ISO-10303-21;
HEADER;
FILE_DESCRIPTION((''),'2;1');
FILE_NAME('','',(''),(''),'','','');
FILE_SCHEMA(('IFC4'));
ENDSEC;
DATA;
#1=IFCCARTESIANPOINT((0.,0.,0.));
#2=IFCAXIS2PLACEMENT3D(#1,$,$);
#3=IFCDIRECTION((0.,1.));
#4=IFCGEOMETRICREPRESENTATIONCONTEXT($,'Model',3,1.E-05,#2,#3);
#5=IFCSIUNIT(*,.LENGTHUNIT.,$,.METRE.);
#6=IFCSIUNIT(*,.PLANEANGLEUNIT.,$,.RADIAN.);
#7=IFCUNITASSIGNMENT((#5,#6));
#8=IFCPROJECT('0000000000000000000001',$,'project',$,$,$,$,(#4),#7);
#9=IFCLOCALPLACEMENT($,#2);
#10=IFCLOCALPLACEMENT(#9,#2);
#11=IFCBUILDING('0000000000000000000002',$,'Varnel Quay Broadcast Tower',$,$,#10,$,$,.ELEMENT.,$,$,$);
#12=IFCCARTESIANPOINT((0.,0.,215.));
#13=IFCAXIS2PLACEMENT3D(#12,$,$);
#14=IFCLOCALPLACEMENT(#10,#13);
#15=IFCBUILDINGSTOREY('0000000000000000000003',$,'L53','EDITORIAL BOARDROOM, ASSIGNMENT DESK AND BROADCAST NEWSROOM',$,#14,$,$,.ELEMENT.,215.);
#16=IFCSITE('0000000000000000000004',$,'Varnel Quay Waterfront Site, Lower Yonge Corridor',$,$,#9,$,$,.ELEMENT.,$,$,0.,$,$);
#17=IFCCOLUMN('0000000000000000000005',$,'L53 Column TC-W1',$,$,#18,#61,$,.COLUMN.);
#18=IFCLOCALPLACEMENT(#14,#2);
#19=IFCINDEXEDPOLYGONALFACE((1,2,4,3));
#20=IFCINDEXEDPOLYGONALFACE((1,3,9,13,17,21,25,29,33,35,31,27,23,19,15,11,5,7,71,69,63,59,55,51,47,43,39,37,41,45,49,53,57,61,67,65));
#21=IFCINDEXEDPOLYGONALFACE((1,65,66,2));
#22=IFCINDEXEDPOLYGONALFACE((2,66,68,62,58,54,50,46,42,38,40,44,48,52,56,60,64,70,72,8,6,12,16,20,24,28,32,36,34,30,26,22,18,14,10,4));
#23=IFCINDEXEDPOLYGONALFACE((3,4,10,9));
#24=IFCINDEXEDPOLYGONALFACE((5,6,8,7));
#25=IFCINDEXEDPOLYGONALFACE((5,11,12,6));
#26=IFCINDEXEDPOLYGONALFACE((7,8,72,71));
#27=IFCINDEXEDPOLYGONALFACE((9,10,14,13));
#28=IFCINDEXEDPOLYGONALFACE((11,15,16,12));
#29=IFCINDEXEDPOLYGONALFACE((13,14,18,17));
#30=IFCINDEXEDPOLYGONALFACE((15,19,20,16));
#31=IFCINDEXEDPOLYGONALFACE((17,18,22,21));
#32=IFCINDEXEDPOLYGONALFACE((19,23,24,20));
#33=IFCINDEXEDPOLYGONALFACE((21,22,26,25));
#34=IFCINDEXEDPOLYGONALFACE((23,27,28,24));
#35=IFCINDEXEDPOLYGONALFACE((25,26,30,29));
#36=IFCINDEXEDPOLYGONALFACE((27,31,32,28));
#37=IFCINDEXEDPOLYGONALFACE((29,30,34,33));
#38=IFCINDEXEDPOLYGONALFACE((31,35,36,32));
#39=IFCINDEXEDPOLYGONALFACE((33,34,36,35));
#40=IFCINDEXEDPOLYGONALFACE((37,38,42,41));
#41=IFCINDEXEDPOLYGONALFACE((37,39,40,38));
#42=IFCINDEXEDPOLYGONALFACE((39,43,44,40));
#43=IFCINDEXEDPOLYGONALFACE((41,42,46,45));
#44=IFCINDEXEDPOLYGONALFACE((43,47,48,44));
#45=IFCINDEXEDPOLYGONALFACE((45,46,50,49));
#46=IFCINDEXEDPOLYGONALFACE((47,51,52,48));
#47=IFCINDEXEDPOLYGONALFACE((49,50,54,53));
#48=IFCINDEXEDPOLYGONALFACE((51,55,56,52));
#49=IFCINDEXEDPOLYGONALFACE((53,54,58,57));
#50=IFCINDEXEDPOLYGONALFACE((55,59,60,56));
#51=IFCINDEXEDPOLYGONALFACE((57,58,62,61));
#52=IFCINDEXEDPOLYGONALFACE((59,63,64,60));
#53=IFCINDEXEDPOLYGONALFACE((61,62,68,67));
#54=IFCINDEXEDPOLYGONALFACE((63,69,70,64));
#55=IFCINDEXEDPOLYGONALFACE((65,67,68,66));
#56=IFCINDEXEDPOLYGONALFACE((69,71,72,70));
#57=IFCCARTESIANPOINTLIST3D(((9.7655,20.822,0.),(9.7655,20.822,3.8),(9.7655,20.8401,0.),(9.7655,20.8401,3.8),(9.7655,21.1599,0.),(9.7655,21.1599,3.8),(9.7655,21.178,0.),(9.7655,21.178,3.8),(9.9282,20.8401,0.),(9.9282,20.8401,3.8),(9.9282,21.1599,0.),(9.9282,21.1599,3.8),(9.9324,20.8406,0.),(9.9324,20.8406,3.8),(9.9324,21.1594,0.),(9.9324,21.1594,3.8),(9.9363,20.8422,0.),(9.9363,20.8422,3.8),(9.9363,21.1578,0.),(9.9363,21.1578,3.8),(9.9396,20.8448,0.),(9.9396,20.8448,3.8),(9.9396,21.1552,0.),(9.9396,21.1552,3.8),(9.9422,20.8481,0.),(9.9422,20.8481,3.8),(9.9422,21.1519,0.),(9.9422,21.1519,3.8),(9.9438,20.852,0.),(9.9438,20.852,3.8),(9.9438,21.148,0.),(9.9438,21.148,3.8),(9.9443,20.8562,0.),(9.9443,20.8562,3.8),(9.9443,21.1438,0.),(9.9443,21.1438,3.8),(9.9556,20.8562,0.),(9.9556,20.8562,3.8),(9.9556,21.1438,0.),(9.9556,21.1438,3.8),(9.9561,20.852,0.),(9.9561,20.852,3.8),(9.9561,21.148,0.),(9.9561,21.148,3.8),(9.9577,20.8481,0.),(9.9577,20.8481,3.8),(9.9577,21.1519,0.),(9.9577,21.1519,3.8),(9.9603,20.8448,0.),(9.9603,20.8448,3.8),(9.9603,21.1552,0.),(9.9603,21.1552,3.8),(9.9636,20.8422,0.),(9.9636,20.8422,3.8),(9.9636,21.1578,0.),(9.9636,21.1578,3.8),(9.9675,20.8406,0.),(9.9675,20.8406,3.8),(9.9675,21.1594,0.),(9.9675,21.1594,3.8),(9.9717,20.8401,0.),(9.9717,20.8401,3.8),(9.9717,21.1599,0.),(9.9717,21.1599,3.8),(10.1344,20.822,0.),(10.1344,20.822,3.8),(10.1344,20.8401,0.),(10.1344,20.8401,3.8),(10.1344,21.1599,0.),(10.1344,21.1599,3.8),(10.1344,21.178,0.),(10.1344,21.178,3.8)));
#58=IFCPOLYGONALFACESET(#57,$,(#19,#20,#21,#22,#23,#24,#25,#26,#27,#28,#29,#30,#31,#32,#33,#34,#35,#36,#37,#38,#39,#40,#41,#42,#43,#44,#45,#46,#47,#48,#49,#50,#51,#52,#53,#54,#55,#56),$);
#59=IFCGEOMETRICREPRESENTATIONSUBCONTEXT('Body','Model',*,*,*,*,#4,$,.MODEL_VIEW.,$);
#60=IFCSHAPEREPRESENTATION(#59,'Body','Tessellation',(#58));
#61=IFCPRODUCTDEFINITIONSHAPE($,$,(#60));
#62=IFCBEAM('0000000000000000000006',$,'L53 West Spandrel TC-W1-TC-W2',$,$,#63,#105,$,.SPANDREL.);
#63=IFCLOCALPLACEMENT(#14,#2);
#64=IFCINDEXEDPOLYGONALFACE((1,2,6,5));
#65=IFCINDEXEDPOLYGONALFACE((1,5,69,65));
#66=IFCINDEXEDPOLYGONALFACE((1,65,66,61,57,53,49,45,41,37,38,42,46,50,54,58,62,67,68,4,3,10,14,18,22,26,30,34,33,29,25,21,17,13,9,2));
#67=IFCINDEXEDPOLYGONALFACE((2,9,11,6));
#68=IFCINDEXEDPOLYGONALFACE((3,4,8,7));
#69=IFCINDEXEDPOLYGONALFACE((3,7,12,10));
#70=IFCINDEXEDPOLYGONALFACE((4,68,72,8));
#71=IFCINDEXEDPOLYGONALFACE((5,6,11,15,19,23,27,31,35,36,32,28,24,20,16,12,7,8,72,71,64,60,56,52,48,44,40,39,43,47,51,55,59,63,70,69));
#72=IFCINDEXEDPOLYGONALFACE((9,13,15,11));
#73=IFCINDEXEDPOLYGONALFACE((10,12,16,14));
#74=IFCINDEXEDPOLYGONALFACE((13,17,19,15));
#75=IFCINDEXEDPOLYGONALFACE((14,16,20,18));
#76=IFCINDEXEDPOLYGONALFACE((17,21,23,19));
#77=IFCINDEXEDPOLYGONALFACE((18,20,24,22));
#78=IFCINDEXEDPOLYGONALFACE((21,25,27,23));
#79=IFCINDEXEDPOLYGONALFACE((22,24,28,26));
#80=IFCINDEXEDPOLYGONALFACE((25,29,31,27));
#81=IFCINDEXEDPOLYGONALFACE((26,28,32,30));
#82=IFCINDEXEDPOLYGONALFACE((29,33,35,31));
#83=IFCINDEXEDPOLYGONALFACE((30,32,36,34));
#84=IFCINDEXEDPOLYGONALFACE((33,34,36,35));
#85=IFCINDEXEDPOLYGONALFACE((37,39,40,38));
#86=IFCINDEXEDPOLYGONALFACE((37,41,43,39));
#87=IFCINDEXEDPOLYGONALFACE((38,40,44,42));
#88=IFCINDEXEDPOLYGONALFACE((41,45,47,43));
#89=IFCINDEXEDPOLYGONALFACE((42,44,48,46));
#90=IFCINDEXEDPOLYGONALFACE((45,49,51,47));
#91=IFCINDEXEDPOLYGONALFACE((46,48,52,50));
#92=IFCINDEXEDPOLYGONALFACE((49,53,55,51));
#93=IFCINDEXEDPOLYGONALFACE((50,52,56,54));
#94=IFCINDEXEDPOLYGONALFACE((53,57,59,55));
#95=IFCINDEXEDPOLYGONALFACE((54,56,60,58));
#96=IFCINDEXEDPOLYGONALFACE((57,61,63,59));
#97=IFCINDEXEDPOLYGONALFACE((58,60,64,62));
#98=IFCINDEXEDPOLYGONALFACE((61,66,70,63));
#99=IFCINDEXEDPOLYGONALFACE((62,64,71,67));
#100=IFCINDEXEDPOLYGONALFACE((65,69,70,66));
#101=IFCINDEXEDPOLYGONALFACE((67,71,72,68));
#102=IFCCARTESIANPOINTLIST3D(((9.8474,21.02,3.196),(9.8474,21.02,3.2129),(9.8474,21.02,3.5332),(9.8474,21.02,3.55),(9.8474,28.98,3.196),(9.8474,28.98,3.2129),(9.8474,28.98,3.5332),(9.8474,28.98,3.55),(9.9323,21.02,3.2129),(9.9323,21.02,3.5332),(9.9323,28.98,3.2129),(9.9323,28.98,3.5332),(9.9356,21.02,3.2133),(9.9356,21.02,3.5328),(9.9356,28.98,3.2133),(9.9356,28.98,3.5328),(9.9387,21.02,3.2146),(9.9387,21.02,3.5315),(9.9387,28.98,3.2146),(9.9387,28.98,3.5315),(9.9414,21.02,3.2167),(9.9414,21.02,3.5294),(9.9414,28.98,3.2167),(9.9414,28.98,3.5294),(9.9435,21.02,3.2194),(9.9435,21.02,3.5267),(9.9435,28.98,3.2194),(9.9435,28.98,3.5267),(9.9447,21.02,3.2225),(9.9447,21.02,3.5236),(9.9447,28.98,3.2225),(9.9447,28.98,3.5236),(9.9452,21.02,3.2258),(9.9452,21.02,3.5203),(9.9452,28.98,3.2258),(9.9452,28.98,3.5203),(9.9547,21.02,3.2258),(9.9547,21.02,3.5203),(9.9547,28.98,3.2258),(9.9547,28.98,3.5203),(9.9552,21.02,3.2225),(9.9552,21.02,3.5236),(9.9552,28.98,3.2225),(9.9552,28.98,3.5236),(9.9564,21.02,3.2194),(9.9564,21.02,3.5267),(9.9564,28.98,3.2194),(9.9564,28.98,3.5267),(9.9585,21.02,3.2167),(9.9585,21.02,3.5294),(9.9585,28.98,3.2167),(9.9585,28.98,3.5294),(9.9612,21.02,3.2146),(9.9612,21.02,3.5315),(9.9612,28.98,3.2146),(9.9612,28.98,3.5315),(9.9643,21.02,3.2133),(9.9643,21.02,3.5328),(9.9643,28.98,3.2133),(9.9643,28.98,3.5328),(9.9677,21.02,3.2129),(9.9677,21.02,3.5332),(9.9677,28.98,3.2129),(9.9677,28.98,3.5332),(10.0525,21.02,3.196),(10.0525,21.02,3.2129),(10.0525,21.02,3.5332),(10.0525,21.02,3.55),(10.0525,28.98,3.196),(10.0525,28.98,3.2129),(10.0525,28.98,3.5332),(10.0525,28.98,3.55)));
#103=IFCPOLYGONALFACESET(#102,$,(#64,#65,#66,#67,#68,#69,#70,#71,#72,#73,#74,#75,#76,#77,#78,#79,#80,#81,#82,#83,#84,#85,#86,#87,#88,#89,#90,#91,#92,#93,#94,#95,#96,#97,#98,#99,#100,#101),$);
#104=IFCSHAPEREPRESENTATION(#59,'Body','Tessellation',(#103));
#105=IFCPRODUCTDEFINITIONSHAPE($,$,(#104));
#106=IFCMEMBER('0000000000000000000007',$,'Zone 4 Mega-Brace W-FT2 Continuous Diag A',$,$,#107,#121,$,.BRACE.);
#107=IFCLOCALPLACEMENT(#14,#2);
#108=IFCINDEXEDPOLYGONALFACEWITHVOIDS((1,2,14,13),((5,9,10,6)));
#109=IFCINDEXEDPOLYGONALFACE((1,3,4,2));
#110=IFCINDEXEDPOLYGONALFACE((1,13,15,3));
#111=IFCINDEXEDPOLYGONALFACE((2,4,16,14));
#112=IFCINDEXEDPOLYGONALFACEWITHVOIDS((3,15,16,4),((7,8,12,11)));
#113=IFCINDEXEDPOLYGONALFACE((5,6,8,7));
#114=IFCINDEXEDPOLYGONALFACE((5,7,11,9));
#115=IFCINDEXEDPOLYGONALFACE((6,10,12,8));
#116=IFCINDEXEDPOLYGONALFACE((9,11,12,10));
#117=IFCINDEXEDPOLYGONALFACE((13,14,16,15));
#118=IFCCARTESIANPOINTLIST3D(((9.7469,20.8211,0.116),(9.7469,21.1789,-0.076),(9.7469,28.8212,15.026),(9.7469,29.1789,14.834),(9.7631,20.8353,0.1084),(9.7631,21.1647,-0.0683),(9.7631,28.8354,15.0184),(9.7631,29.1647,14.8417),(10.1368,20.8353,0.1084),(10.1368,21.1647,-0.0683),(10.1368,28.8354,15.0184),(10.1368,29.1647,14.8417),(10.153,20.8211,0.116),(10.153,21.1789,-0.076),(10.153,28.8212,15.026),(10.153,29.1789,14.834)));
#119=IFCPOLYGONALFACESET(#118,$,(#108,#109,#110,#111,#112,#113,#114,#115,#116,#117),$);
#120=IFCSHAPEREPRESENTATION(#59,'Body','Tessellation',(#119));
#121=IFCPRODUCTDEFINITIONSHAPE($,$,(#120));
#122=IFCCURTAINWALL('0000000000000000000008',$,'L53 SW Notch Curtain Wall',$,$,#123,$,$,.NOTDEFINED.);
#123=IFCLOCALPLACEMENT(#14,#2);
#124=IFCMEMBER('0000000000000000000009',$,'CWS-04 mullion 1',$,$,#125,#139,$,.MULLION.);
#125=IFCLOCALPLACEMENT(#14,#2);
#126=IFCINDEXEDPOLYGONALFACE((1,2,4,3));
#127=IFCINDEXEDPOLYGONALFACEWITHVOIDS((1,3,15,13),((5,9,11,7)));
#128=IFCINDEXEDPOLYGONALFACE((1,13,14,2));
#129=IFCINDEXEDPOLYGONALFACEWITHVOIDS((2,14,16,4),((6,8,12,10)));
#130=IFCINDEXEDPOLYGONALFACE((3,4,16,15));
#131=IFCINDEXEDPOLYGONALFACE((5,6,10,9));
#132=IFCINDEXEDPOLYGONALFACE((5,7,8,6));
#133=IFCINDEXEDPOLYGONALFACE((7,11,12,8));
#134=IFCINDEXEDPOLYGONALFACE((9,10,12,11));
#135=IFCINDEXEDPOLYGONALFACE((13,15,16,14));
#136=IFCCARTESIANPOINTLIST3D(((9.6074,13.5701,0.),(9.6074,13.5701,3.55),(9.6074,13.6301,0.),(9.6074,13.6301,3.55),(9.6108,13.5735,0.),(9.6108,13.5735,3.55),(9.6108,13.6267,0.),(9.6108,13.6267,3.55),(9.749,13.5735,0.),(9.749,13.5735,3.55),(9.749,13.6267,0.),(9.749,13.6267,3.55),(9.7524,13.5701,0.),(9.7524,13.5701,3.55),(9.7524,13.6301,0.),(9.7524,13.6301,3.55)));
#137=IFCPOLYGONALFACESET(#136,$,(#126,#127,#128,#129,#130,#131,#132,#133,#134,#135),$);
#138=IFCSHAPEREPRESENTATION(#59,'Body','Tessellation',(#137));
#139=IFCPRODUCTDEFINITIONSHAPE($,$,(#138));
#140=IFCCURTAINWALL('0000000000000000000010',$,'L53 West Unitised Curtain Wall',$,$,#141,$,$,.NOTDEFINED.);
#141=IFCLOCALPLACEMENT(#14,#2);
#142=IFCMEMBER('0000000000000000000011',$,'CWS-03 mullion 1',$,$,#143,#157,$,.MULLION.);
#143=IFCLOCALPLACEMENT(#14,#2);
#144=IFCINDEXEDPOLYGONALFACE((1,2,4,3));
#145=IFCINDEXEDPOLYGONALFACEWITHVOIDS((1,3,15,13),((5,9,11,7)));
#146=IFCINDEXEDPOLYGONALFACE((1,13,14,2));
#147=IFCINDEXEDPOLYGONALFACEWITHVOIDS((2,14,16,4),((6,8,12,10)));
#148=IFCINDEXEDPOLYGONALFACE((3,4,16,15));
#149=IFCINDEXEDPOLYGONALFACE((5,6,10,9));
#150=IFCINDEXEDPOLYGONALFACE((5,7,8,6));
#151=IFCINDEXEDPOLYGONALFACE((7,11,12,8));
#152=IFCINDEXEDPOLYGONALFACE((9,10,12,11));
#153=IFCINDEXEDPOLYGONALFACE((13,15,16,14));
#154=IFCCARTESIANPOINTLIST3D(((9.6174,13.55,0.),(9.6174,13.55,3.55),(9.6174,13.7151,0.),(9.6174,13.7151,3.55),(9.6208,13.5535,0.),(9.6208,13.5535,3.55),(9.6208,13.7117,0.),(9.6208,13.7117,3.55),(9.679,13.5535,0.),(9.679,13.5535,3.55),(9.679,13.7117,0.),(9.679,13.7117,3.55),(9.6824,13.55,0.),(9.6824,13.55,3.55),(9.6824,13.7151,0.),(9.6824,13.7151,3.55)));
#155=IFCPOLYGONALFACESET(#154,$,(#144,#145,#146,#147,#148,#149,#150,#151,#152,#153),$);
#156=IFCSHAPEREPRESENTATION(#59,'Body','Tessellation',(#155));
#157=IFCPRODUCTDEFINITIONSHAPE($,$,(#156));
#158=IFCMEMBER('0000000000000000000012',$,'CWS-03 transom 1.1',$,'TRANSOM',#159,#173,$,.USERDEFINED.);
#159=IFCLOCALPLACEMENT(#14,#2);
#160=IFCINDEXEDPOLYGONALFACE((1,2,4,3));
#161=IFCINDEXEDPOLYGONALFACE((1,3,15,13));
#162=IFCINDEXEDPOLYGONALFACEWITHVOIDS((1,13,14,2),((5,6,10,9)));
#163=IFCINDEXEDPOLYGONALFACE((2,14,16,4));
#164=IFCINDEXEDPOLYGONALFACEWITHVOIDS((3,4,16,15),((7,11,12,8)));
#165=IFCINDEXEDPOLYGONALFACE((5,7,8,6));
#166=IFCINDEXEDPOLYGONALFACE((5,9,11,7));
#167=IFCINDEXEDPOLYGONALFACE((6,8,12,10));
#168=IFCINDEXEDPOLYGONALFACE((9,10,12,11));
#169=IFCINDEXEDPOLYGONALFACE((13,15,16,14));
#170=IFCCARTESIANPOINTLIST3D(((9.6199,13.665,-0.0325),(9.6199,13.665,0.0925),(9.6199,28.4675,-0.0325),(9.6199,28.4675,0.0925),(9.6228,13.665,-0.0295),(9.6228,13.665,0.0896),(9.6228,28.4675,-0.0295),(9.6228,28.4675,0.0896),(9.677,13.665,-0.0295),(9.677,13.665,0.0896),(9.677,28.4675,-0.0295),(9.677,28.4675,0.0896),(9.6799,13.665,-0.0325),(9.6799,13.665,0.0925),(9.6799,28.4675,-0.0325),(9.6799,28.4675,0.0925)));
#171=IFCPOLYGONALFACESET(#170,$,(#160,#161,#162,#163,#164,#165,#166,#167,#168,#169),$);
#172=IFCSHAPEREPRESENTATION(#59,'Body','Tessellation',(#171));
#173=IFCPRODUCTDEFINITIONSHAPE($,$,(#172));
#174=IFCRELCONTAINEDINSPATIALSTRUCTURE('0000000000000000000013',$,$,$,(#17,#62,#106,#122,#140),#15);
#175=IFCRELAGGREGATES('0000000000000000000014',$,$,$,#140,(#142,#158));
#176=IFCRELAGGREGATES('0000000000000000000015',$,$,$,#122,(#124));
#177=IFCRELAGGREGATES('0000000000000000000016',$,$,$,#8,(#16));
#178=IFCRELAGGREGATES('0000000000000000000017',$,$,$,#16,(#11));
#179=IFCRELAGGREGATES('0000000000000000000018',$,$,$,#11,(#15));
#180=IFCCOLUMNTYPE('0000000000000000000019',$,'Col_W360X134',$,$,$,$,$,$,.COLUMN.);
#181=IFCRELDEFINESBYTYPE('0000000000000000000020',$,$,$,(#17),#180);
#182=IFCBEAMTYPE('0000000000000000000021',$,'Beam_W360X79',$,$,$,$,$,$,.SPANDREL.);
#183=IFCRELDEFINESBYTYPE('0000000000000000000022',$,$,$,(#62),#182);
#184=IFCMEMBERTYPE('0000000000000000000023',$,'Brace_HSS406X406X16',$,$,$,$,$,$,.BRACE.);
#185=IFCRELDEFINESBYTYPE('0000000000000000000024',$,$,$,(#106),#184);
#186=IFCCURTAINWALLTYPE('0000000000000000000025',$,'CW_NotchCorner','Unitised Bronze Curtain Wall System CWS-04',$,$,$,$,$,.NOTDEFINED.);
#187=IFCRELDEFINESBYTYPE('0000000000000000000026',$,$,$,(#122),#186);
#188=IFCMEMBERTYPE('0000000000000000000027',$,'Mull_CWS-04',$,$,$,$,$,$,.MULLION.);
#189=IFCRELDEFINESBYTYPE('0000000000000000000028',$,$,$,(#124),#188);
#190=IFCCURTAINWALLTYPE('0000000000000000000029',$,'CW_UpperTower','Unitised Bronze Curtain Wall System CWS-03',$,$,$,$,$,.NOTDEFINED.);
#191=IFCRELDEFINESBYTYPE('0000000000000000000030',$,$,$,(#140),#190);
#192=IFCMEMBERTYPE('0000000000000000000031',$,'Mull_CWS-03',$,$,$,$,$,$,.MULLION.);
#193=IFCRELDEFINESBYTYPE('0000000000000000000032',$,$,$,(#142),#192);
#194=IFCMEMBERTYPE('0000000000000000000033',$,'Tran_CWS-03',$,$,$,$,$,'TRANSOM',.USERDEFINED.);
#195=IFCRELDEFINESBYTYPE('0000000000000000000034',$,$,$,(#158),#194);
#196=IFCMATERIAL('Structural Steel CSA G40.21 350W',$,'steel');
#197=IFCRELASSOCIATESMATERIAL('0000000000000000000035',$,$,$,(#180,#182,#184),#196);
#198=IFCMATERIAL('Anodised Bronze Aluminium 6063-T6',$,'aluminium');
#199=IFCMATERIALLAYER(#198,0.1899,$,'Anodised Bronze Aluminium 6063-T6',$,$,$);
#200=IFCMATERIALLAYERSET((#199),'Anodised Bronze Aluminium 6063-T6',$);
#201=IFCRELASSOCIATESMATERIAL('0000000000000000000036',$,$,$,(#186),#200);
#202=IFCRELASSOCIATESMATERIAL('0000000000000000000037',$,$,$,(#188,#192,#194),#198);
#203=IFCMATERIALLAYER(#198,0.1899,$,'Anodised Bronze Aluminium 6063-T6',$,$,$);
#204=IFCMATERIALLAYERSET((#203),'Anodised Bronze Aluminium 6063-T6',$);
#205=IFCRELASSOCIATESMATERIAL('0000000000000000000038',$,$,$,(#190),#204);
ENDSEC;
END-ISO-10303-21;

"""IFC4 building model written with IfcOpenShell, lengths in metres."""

from ifc_helpers import new_model, si_unit, direction, frame, origin, origin_2d, place, context, subcontext, project, spatial, hollow_rectangle, i_section, extrude, source, transform, mapped, material, layer, layer_set, material_profile, profile_set, type_object, type_shapes, element, aggregate, save


model = new_model("IFC4")

# Units and contexts
model_context = context("Model", 3, precision=1e-05, world=origin(), true_north=direction((0.0, 1.0)))
body_context = subcontext(model_context, "Body", "Model", "MODEL_VIEW")
ifc_project = project(units=[si_unit("LENGTHUNIT", "METRE"), si_unit("PLANEANGLEUNIT", "RADIAN")], contexts=[model_context])

# Site, building, storey
site_placement = place(None, origin())
site = spatial("IfcSite", under=ifc_project, at=site_placement, Name="Varnel Quay Waterfront Site, Lower Yonge Corridor", CompositionType="ELEMENT", RefElevation=0.0)
building_placement = place(site_placement, origin())
building = spatial("IfcBuilding", under=site, at=building_placement, Name="Varnel Quay Broadcast Tower", CompositionType="ELEMENT")
storey_placement = place(building_placement, frame((0.0, 0.0, 215.0)))
storey = spatial("IfcBuildingStorey", under=building, at=storey_placement, Name="L53", Description="EDITORIAL BOARDROOM, ASSIGNMENT DESK AND BROADCAST NEWSROOM", CompositionType="ELEMENT", Elevation=215.0)

# Column
ifc_material_1 = material(Name="Structural Steel CSA G40.21 350W", Category="steel")
ifc_material_profile_1 = material_profile(ifc_material_1, i_section(OverallWidth=0.3689, OverallDepth=0.356, WebThickness=0.0112, FlangeThickness=0.0181, FilletRadius=0.0161, at=origin_2d()), Name="W360X134")
ifc_profile_set_1 = profile_set([ifc_material_profile_1], Name="Structural Steel CSA G40.21 350W")
column_type = type_object("IfcColumnType", Name="Col_W360X134", PredefinedType="COLUMN", material=ifc_profile_set_1)
shared_shape_1 = source(origin(), body_context, "Body", "SweptSolid", [
    extrude(i_section(OverallWidth=0.3689, OverallDepth=0.356, WebThickness=0.0112, FlangeThickness=0.0181, FilletRadius=0.0161, at=origin_2d()), origin(), (0.0, 0.0, 1.0), 3.8),
])
type_shapes(column_type, [shared_shape_1])
column_placement = place(storey_placement, frame((9.95, 21.0, 0.0), z_axis=(0.0, 0.0, 1.0), x_axis=(1.0, 0.0, 0.0)))
element("IfcColumn", 1, at=column_placement, inside=storey, type_object=column_type, Name="L53 Column TC-W1", PredefinedType="COLUMN", context=body_context, shape_type="MappedRepresentation", body=[
    mapped(shared_shape_1, transform((0.0, 0.0, 0.0), x_axis=(1.0, 0.0, 0.0), y_axis=(0.0, 1.0, 0.0), z_axis=(0.0, 0.0, 1.0), scale=1.0)),
])

# Beam
ifc_material_profile_2 = material_profile(ifc_material_1, i_section(OverallWidth=0.2051, OverallDepth=0.354, WebThickness=0.0095, FlangeThickness=0.0168, FilletRadius=0.0129, at=origin_2d()), Name="W360X79")
ifc_profile_set_2 = profile_set([ifc_material_profile_2], Name="Structural Steel CSA G40.21 350W")
beam_type = type_object("IfcBeamType", Name="Beam_W360X79", PredefinedType="SPANDREL", material=ifc_profile_set_2)
shared_shape_2 = source(origin(), body_context, "Body", "SweptSolid", [
    extrude(i_section(OverallWidth=0.2051, OverallDepth=0.354, WebThickness=0.0095, FlangeThickness=0.0168, FilletRadius=0.0129, at=origin_2d()), origin(), (0.0, 0.0, 1.0), 7.96),
])
type_shapes(beam_type, [shared_shape_2])
beam_placement = place(storey_placement, frame((9.95, 21.02, 3.373), z_axis=(0.0, 1.0, 0.0), x_axis=(-1.0, 0.0, 0.0)))
element("IfcBeam", 2, at=beam_placement, inside=storey, type_object=beam_type, Name="L53 West Spandrel TC-W1-TC-W2", PredefinedType="SPANDREL", context=body_context, shape_type="MappedRepresentation", body=[
    mapped(shared_shape_2, transform((0.0, 0.0, 0.0), x_axis=(1.0, 0.0, 0.0), y_axis=(0.0, 1.0, 0.0), z_axis=(0.0, 0.0, 1.0), scale=1.0)),
])

# Member
ifc_material_profile_3 = material_profile(ifc_material_1, hollow_rectangle(XDim=0.406, YDim=0.406, WallThickness=0.0161, at=origin_2d()), Name="HSS406X406X16")
ifc_profile_set_3 = profile_set([ifc_material_profile_3], Name="Structural Steel CSA G40.21 350W")
member_type_1 = type_object("IfcMemberType", Name="Brace_HSS406X406X16", PredefinedType="BRACE", material=ifc_profile_set_3)
shared_shape_3 = source(origin(), body_context, "Body", "SweptSolid", [
    extrude(hollow_rectangle(XDim=0.406, YDim=0.406, WallThickness=0.0161, at=origin_2d()), origin(), (0.0, 0.0, 1.0), 16.9207),
])
type_shapes(member_type_1, [shared_shape_3])
member_1_placement = place(storey_placement, frame((9.95, 21.0, 0.02), z_axis=(0.0, 0.472797, 0.881171), x_axis=(-1.0, 0.0, 0.0)))
element("IfcMember", 3, at=member_1_placement, inside=storey, type_object=member_type_1, Name="Zone 4 Mega-Brace W-FT2 Continuous Diag A", PredefinedType="BRACE", context=body_context, shape_type="MappedRepresentation", body=[
    mapped(shared_shape_3, transform((0.0, 0.0, 0.0), x_axis=(1.0, 0.0, 0.0), y_axis=(0.0, 1.0, 0.0), z_axis=(0.0, 0.0, 1.0), scale=1.0)),
])

# Curtain wall, member
ifc_material_2 = material(Name="Anodised Bronze Aluminium 6063-T6", Category="aluminium")
ifc_layer_1 = layer(ifc_material_2, 0.1899, Name="Anodised Bronze Aluminium 6063-T6")
ifc_layer_set_1 = layer_set([ifc_layer_1], Name="Anodised Bronze Aluminium 6063-T6")
curtain_wall_type_1 = type_object("IfcCurtainWallType", Name="CW_NotchCorner", Description="Unitised Bronze Curtain Wall System CWS-04", PredefinedType="NOTDEFINED", material=ifc_layer_set_1)
curtain_wall_1_placement = place(storey_placement, origin())
curtain_wall_1 = element("IfcCurtainWall", 4, at=curtain_wall_1_placement, inside=storey, type_object=curtain_wall_type_1, Name="L53 SW Notch Curtain Wall", PredefinedType="NOTDEFINED")
ifc_material_profile_4 = material_profile(ifc_material_2, hollow_rectangle(XDim=0.0601, YDim=0.145, WallThickness=0.0034, at=origin_2d()), Name="ALU60X145X3.5")
ifc_profile_set_4 = profile_set([ifc_material_profile_4], Name="Anodised Bronze Aluminium 6063-T6")
member_type_2 = type_object("IfcMemberType", Name="Mull_CWS-04", PredefinedType="MULLION", material=ifc_profile_set_4)
shared_shape_4 = source(origin(), body_context, "Body", "SweptSolid", [
    extrude(hollow_rectangle(XDim=0.0601, YDim=0.145, WallThickness=0.0034, at=origin_2d()), origin(), (0.0, 0.0, 1.0), 3.55),
])
type_shapes(member_type_2, [shared_shape_4])
member_2_placement = place(storey_placement, frame((9.6799, 13.6001, 0.0), z_axis=(0.0, 0.0, 1.0), x_axis=(0.0, 1.0, 0.0)))
member_2 = element("IfcMember", 5, at=member_2_placement, type_object=member_type_2, Name="CWS-04 mullion 1", PredefinedType="MULLION", context=body_context, shape_type="MappedRepresentation", body=[
    mapped(shared_shape_4, transform((0.0, 0.0, 0.0), x_axis=(1.0, 0.0, 0.0), y_axis=(0.0, 1.0, 0.0), z_axis=(0.0, 0.0, 1.0), scale=1.0)),
])

# Curtain wall, members
ifc_layer_2 = layer(ifc_material_2, 0.1899, Name="Anodised Bronze Aluminium 6063-T6")
ifc_layer_set_2 = layer_set([ifc_layer_2], Name="Anodised Bronze Aluminium 6063-T6")
curtain_wall_type_2 = type_object("IfcCurtainWallType", Name="CW_UpperTower", Description="Unitised Bronze Curtain Wall System CWS-03", PredefinedType="NOTDEFINED", material=ifc_layer_set_2)
curtain_wall_2_placement = place(storey_placement, origin())
curtain_wall_2 = element("IfcCurtainWall", 6, at=curtain_wall_2_placement, inside=storey, type_object=curtain_wall_type_2, Name="L53 West Unitised Curtain Wall", PredefinedType="NOTDEFINED")
ifc_material_profile_5 = material_profile(ifc_material_2, hollow_rectangle(XDim=0.0649, YDim=0.165, WallThickness=0.0034, at=origin_2d()), Name="ALU65X165X3.5")
ifc_profile_set_5 = profile_set([ifc_material_profile_5], Name="Anodised Bronze Aluminium 6063-T6")
member_type_3 = type_object("IfcMemberType", Name="Mull_CWS-03", PredefinedType="MULLION", material=ifc_profile_set_5)
shared_shape_5 = source(origin(), body_context, "Body", "SweptSolid", [
    extrude(hollow_rectangle(XDim=0.0649, YDim=0.165, WallThickness=0.0034, at=origin_2d()), origin(), (0.0, 0.0, 1.0), 3.55),
])
type_shapes(member_type_3, [shared_shape_5])
member_3_placement = place(storey_placement, frame((9.6499, 13.6326, 0.0), z_axis=(0.0, 0.0, 1.0), x_axis=(-1.0, 0.0, 0.0)))
member_3 = element("IfcMember", 7, at=member_3_placement, type_object=member_type_3, Name="CWS-03 mullion 1", PredefinedType="MULLION", context=body_context, shape_type="MappedRepresentation", body=[
    mapped(shared_shape_5, transform((0.0, 0.0, 0.0), x_axis=(1.0, 0.0, 0.0), y_axis=(0.0, 1.0, 0.0), z_axis=(0.0, 0.0, 1.0), scale=1.0)),
])
ifc_material_profile_6 = material_profile(ifc_material_2, hollow_rectangle(XDim=0.0601, YDim=0.125, WallThickness=0.0029, at=origin_2d()), Name="ALU60X125X3")
ifc_profile_set_6 = profile_set([ifc_material_profile_6], Name="Anodised Bronze Aluminium 6063-T6")
member_type_4 = type_object("IfcMemberType", Name="Tran_CWS-03", ElementType="TRANSOM", PredefinedType="USERDEFINED", material=ifc_profile_set_6)
shared_shape_6 = source(origin(), body_context, "Body", "SweptSolid", [
    extrude(hollow_rectangle(XDim=0.0601, YDim=0.125, WallThickness=0.0029, at=origin_2d()), origin(), (0.0, 0.0, 1.0), 14.8025),
])
type_shapes(member_type_4, [shared_shape_6])
member_4_placement = place(storey_placement, frame((9.6499, 13.665, 0.03), z_axis=(0.0, 1.0, 0.0), x_axis=(-1.0, 0.0, 0.0)))
member_4 = element("IfcMember", 8, at=member_4_placement, type_object=member_type_4, Name="CWS-03 transom 1.1", ObjectType="TRANSOM", PredefinedType="USERDEFINED", context=body_context, shape_type="MappedRepresentation", body=[
    mapped(shared_shape_6, transform((0.0, 0.0, 0.0), x_axis=(1.0, 0.0, 0.0), y_axis=(0.0, 1.0, 0.0), z_axis=(0.0, 0.0, 1.0), scale=1.0)),
])
aggregate(curtain_wall_2, [member_3, member_4])

aggregate(curtain_wall_1, [member_2])

save(model, "model.ifc")
